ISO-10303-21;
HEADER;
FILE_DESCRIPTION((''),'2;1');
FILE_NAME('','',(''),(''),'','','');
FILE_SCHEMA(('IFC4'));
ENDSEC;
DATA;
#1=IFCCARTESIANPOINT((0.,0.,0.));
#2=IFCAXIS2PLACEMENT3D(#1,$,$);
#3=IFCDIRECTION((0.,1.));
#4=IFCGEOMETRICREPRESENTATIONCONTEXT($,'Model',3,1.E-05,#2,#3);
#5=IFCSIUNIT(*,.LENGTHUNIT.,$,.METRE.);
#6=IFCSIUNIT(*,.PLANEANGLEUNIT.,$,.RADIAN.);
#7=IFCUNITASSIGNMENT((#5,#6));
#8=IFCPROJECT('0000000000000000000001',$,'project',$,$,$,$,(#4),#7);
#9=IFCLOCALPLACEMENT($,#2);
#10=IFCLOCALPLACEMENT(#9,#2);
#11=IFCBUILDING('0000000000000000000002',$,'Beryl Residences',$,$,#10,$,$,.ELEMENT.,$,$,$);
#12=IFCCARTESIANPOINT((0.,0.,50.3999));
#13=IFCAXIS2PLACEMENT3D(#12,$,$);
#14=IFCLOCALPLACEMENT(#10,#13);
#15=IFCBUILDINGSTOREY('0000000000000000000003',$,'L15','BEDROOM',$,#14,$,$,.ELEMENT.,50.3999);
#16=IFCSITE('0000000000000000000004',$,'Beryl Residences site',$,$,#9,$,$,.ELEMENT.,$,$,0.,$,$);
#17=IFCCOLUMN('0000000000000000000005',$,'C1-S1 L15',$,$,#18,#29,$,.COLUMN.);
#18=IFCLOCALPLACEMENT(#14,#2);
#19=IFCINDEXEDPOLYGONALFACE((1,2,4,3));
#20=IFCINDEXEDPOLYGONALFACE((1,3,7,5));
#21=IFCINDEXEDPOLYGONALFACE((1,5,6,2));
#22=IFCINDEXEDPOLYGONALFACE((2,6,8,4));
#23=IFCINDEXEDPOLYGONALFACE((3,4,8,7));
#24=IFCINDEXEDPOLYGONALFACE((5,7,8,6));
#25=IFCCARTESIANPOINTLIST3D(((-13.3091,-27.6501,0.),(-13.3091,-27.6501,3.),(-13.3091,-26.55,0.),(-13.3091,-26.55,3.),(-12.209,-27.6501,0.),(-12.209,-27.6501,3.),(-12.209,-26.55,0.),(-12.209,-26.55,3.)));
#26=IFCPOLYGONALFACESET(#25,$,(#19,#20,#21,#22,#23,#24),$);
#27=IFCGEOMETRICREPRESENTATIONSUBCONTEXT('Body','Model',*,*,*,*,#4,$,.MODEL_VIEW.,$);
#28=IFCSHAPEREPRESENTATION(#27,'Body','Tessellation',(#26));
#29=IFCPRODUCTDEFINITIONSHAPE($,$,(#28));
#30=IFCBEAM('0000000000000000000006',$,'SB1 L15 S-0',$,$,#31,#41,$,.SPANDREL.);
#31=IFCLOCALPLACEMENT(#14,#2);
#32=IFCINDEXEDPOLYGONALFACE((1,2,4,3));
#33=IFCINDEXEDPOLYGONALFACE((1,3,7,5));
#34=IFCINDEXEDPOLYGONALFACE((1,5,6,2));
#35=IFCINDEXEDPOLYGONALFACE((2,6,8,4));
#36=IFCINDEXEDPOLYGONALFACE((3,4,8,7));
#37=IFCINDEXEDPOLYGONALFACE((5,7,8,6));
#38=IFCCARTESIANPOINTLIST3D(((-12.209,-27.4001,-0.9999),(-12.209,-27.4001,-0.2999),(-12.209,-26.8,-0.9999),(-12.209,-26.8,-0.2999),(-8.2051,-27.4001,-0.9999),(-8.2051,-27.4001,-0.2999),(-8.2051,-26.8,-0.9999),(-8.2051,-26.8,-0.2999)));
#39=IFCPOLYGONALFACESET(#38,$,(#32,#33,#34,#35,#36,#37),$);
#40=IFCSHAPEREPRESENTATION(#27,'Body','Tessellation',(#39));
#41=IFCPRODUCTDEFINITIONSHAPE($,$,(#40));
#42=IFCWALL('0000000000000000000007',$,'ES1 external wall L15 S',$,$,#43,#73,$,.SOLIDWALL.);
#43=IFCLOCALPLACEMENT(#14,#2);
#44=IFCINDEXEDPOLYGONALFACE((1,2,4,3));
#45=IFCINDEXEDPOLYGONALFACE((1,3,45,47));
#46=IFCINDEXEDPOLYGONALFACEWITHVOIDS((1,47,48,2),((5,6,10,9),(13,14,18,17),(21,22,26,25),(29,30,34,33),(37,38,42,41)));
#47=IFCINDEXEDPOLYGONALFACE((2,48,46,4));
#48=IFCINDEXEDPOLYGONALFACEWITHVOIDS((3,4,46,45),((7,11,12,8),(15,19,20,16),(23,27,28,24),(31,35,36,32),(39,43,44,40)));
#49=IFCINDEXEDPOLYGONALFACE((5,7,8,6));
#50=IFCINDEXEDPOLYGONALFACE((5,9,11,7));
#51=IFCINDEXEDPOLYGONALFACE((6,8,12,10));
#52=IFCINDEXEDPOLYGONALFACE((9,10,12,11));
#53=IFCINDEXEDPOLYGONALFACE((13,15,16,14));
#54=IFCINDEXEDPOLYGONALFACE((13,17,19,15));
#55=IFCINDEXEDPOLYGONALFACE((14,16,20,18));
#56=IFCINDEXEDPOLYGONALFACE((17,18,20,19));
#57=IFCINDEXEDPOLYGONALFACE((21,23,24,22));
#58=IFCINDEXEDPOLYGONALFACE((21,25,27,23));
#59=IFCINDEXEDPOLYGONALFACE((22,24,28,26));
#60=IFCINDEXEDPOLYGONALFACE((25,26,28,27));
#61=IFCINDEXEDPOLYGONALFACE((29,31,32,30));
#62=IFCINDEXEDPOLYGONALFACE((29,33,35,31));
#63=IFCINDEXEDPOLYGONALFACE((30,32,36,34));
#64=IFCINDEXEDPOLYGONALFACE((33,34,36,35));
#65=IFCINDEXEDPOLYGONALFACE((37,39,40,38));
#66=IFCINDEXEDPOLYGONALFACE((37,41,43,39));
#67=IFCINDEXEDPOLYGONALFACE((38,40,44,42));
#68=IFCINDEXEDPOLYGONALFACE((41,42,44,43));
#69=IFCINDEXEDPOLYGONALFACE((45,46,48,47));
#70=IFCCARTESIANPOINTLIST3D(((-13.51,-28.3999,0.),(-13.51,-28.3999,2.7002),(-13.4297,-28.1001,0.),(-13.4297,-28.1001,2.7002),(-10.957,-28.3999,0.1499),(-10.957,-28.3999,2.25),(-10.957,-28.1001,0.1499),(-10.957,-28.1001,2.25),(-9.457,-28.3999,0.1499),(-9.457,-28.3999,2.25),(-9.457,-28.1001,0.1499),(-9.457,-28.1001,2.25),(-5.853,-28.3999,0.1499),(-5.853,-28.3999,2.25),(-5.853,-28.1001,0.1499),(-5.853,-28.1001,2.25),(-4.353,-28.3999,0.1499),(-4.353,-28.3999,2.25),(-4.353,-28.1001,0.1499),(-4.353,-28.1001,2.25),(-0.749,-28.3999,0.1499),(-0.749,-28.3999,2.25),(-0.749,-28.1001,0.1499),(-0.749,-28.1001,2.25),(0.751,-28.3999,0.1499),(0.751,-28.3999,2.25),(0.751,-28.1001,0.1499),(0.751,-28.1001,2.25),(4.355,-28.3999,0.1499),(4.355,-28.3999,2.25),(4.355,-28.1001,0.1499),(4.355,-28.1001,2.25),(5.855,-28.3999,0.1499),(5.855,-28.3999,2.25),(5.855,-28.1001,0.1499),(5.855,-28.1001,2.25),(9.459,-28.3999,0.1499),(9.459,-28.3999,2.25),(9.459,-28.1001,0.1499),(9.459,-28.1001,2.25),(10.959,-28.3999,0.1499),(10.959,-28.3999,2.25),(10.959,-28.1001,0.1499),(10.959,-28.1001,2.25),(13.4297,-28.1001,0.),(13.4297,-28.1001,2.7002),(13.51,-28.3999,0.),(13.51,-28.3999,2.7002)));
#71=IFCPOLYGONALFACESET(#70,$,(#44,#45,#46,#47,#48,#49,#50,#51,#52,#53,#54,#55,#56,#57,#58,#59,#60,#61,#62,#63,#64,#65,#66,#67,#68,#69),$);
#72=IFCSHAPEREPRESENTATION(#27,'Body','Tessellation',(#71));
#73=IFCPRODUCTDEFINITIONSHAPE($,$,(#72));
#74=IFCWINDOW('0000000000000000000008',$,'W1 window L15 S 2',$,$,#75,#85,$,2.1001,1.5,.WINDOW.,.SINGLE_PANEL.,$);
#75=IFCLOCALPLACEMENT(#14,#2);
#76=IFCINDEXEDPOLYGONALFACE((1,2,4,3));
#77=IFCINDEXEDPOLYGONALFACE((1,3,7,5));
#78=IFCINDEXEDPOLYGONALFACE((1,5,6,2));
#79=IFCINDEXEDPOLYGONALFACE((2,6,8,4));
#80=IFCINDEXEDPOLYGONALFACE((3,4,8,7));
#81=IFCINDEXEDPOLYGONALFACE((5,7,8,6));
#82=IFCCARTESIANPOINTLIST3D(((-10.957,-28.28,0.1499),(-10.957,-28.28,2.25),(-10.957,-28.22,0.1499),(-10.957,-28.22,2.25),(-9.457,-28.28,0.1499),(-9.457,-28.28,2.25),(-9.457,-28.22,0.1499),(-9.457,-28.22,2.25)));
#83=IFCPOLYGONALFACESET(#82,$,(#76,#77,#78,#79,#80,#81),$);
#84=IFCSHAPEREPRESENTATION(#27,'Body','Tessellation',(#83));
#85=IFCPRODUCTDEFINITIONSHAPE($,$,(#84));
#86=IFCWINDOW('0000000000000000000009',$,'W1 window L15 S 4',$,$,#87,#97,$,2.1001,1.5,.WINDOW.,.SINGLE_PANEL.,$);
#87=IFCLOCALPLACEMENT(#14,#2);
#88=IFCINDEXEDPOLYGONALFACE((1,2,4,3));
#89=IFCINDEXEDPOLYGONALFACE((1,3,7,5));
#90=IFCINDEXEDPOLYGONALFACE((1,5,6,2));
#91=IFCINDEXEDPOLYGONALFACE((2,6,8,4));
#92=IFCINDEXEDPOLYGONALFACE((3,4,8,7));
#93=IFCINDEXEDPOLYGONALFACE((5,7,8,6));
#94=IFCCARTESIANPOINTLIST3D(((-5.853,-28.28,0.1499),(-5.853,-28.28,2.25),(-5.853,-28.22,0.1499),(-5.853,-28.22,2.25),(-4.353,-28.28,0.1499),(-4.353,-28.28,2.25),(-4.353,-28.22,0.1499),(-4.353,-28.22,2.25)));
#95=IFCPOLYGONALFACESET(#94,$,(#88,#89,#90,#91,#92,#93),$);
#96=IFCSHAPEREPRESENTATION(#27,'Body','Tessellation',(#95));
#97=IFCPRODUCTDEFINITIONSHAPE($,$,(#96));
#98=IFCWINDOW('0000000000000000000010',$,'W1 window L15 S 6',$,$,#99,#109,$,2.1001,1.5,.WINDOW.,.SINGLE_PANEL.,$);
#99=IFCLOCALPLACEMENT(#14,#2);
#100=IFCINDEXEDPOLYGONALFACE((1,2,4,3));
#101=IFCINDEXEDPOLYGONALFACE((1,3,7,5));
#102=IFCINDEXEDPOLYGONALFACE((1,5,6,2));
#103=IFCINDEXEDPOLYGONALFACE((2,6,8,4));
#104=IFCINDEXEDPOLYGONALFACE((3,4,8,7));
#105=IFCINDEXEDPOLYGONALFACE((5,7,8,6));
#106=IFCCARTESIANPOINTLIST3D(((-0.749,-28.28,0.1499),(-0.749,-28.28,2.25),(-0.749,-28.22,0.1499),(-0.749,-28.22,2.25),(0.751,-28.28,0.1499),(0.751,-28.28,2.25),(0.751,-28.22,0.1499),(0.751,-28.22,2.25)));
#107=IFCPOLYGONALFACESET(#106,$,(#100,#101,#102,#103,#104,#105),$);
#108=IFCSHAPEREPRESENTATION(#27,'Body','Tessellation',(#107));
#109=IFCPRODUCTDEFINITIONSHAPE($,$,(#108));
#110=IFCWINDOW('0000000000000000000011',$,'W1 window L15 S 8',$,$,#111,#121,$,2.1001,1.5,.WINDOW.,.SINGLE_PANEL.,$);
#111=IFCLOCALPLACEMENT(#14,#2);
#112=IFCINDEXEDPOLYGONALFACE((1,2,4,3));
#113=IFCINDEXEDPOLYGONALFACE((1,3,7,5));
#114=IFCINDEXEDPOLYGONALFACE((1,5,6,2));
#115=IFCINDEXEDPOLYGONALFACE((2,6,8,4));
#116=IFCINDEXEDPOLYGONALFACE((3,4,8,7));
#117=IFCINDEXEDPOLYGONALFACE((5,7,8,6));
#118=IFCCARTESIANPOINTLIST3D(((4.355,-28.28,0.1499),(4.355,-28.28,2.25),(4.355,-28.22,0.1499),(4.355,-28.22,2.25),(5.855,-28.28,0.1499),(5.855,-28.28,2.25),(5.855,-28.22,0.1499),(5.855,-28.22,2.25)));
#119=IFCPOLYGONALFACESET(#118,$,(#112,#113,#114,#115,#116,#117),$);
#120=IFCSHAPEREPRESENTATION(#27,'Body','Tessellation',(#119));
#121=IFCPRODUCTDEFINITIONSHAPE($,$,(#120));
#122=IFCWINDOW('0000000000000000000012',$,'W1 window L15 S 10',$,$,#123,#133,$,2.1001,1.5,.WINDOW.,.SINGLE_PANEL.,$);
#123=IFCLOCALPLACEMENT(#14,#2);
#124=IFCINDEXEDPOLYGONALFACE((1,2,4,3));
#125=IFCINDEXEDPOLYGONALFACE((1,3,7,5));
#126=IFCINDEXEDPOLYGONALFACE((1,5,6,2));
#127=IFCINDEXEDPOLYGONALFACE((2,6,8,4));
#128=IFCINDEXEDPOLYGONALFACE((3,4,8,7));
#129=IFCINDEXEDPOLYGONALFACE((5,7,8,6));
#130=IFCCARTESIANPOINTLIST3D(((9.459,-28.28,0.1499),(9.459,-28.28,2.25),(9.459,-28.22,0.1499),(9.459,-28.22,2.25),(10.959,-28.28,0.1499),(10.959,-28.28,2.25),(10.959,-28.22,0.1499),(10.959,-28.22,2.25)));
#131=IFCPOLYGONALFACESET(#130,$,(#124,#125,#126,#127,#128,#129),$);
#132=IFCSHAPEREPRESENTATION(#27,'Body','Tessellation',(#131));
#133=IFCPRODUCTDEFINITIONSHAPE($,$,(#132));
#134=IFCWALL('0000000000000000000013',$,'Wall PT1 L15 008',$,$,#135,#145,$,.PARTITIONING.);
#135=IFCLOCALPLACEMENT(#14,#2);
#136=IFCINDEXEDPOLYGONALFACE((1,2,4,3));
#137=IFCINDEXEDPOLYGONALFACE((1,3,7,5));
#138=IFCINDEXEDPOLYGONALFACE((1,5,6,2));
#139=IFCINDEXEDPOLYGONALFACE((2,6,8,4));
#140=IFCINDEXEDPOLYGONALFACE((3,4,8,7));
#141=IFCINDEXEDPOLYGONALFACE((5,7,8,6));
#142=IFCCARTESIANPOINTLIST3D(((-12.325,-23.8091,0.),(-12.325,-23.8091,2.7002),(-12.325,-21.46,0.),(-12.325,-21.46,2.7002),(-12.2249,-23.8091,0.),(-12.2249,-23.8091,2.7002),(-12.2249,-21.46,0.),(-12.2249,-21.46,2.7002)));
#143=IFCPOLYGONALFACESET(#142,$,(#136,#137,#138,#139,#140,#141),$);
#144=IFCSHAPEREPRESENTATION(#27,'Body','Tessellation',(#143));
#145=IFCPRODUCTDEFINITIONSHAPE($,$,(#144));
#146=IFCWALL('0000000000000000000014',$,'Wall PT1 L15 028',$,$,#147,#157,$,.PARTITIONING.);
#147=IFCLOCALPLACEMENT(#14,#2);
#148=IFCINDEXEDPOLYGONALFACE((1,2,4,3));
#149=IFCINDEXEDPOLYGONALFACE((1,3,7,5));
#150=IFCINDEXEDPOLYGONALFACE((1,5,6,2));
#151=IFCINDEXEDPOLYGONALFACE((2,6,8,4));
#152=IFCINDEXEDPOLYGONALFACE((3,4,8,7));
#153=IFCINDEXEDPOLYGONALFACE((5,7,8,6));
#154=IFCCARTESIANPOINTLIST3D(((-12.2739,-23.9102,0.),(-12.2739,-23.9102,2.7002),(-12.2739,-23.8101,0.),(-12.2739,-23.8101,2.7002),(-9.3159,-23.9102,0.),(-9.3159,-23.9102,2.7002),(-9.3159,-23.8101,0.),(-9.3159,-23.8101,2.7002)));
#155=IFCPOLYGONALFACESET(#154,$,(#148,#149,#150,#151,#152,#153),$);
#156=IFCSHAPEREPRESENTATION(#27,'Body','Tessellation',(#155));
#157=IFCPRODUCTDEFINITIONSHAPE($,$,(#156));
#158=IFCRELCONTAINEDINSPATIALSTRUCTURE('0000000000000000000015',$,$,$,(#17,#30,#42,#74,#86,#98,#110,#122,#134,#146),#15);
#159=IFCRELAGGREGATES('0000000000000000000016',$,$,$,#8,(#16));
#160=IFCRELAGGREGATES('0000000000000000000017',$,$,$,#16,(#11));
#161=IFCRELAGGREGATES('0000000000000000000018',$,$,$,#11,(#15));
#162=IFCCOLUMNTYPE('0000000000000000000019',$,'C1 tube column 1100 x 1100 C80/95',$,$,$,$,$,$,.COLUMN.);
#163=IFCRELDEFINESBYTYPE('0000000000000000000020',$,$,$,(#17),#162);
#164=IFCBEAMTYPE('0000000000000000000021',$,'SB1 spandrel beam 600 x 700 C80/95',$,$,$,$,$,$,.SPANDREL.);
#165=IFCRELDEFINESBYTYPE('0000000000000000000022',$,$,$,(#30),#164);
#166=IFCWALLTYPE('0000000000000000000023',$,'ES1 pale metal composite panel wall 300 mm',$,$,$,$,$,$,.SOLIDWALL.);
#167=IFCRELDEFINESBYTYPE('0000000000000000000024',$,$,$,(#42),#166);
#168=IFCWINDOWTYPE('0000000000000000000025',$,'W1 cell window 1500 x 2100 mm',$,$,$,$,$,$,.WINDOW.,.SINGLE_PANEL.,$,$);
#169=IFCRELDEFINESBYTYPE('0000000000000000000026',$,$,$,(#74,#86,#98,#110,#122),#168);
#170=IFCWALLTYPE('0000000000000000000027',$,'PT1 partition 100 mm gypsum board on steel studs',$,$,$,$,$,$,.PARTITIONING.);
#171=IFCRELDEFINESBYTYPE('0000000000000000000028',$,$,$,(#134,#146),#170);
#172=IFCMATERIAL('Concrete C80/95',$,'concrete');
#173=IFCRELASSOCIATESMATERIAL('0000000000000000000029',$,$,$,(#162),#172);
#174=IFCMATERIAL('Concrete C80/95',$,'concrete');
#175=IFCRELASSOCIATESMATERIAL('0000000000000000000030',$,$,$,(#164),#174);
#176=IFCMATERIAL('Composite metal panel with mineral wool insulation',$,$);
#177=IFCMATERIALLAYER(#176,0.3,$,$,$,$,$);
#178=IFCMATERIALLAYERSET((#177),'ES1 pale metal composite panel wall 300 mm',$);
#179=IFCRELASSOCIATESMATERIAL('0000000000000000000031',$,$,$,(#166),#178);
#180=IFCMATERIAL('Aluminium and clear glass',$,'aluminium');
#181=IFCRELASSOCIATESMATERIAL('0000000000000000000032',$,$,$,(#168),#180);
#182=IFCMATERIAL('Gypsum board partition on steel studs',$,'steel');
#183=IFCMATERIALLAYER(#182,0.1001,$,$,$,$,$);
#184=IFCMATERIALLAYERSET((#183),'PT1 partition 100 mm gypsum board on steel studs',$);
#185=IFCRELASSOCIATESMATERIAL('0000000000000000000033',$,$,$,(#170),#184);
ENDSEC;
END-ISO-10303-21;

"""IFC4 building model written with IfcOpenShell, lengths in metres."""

from ifc_helpers import new_model, si_unit, direction, frame, frame_2d, origin, origin_2d, place, context, subcontext, project, spatial, polyline, rectangle, outline, extrude, material, layer, layer_set, material_profile, profile_set, type_object, element, fill, save


model = new_model("IFC4")

# Units and contexts
model_context = context("Model", 3, precision=1e-05, world=origin(), true_north=direction((0.0, 1.0)))
body_context = subcontext(model_context, "Body", "Model", "MODEL_VIEW")
ifc_project = project(units=[si_unit("LENGTHUNIT", "METRE"), si_unit("PLANEANGLEUNIT", "RADIAN")], contexts=[model_context])

# Site, building, storey
site_placement = place(None, origin())
site = spatial("IfcSite", under=ifc_project, at=site_placement, Name="Beryl Residences site", CompositionType="ELEMENT", RefElevation=0.0)
building_placement = place(site_placement, origin())
building = spatial("IfcBuilding", under=site, at=building_placement, Name="Beryl Residences", CompositionType="ELEMENT")
storey_placement = place(building_placement, frame((0.0, 0.0, 50.3999)))
storey = spatial("IfcBuildingStorey", under=building, at=storey_placement, Name="L15", Description="BEDROOM", CompositionType="ELEMENT", Elevation=50.3999)

# Column
ifc_material_1 = material(Name="Concrete C80/95", Category="concrete")
ifc_material_profile_1 = material_profile(ifc_material_1, rectangle(XDim=1.1001, YDim=1.1001, at=origin_2d()))
ifc_profile_set_1 = profile_set([ifc_material_profile_1], Name="Concrete C80/95")
column_type = type_object("IfcColumnType", Name="C1 tube column 1100 x 1100 C80/95", PredefinedType="COLUMN", material=ifc_profile_set_1)
column_placement = place(storey_placement, frame((-12.759, -27.1001, 0.0), z_axis=(0.0, 0.0, 1.0), x_axis=(1.0, 0.0, 0.0)))
element("IfcColumn", 1, at=column_placement, inside=storey, type_object=column_type, Name="C1-S1 L15", PredefinedType="COLUMN", context=body_context, shape_type="SweptSolid", body=[
    extrude(rectangle(XDim=1.1001, YDim=1.1001, at=origin_2d()), origin(), (0.0, 0.0, 1.0), 3.0),
])

# Beam
ifc_material_2 = material(Name="Concrete C80/95", Category="concrete")
ifc_material_profile_2 = material_profile(ifc_material_2, rectangle(XDim=0.6001, YDim=0.7, at=origin_2d()))
ifc_profile_set_2 = profile_set([ifc_material_profile_2], Name="Concrete C80/95")
beam_type = type_object("IfcBeamType", Name="SB1 spandrel beam 600 x 700 C80/95", PredefinedType="SPANDREL", material=ifc_profile_set_2)
beam_placement = place(storey_placement, frame((-12.209, -27.1001, -0.6499), z_axis=(1.0, 0.0, 0.0), x_axis=(0.0, 1.0, 0.0)))
element("IfcBeam", 2, at=beam_placement, inside=storey, type_object=beam_type, Name="SB1 L15 S-0", PredefinedType="SPANDREL", context=body_context, shape_type="SweptSolid", body=[
    extrude(rectangle(XDim=0.6001, YDim=0.7, at=origin_2d()), origin(), (0.0, 0.0, 1.0), 4.0039),
])

# Wall, openings, windows
ifc_material_3 = material(Name="Composite metal panel with mineral wool insulation")
ifc_layer_1 = layer(ifc_material_3, 0.3)
ifc_layer_set_1 = layer_set([ifc_layer_1], Name="ES1 pale metal composite panel wall 300 mm")
wall_type_1 = type_object("IfcWallType", Name="ES1 pale metal composite panel wall 300 mm", PredefinedType="SOLIDWALL", material=ifc_layer_set_1)
wall_1_placement = place(storey_placement, frame((-13.51, -28.25, 0.0), z_axis=(0.0, 0.0, 1.0), x_axis=(1.0, 0.0, 0.0)))
wall_1 = element("IfcWall", 3, at=wall_1_placement, inside=storey, type_object=wall_type_1, Name="ES1 external wall L15 S", PredefinedType="SOLIDWALL", context=body_context, shape_type="SweptSolid", body=[
    extrude(outline(polyline([(0.0, -0.1499), (27.02, -0.1499), (26.9397, 0.1499), (0.0803, 0.1499), (0.0, -0.1499)])), origin(), (0.0, 0.0, 1.0), 2.7002),
])
opening_1_placement = place(wall_1_placement, frame((2.553, 0.0, 0.1499)))
opening_1 = element("IfcOpeningElement", 4, at=opening_1_placement, cuts=wall_1, PredefinedType="OPENING", context=body_context, shape_type="SweptSolid", body=[
    extrude(rectangle(XDim=1.5, YDim=2.1001, at=frame_2d((0.75, 1.05))), frame((0.0, 0.1599, 0.0), z_axis=(0.0, -1.0, 0.0), x_axis=(1.0, 0.0, 0.0)), (0.0, 0.0, 1.0), 0.3201),
])
opening_2_placement = place(wall_1_placement, frame((7.657, 0.0, 0.1499)))
opening_2 = element("IfcOpeningElement", 5, at=opening_2_placement, cuts=wall_1, PredefinedType="OPENING", context=body_context, shape_type="SweptSolid", body=[
    extrude(rectangle(XDim=1.5, YDim=2.1001, at=frame_2d((0.75, 1.05))), frame((0.0, 0.1599, 0.0), z_axis=(0.0, -1.0, 0.0), x_axis=(1.0, 0.0, 0.0)), (0.0, 0.0, 1.0), 0.3201),
])
opening_3_placement = place(wall_1_placement, frame((12.761, 0.0, 0.1499)))
opening_3 = element("IfcOpeningElement", 6, at=opening_3_placement, cuts=wall_1, PredefinedType="OPENING", context=body_context, shape_type="SweptSolid", body=[
    extrude(rectangle(XDim=1.5, YDim=2.1001, at=frame_2d((0.75, 1.05))), frame((0.0, 0.1599, 0.0), z_axis=(0.0, -1.0, 0.0), x_axis=(1.0, 0.0, 0.0)), (0.0, 0.0, 1.0), 0.3201),
])
opening_4_placement = place(wall_1_placement, frame((17.865, 0.0, 0.1499)))
opening_4 = element("IfcOpeningElement", 7, at=opening_4_placement, cuts=wall_1, PredefinedType="OPENING", context=body_context, shape_type="SweptSolid", body=[
    extrude(rectangle(XDim=1.5, YDim=2.1001, at=frame_2d((0.75, 1.05))), frame((0.0, 0.1599, 0.0), z_axis=(0.0, -1.0, 0.0), x_axis=(1.0, 0.0, 0.0)), (0.0, 0.0, 1.0), 0.3201),
])
opening_5_placement = place(wall_1_placement, frame((22.969, 0.0, 0.1499)))
opening_5 = element("IfcOpeningElement", 8, at=opening_5_placement, cuts=wall_1, PredefinedType="OPENING", context=body_context, shape_type="SweptSolid", body=[
    extrude(rectangle(XDim=1.5, YDim=2.1001, at=frame_2d((0.75, 1.05))), frame((0.0, 0.1599, 0.0), z_axis=(0.0, -1.0, 0.0), x_axis=(1.0, 0.0, 0.0)), (0.0, 0.0, 1.0), 0.3201),
])
ifc_material_4 = material(Name="Aluminium and clear glass", Category="aluminium")
window_type = type_object("IfcWindowType", Name="W1 cell window 1500 x 2100 mm", PartitioningType="SINGLE_PANEL", PredefinedType="WINDOW", material=ifc_material_4)
window_1_placement = place(opening_1_placement, origin())
window_1 = element("IfcWindow", 9, at=window_1_placement, inside=storey, type_object=window_type, Name="W1 window L15 S 2", OverallHeight=2.1001, OverallWidth=1.5, PartitioningType="SINGLE_PANEL", PredefinedType="WINDOW", context=body_context, shape_type="SweptSolid", body=[
    extrude(rectangle(XDim=1.5, YDim=2.1001, at=frame_2d((0.75, 1.05))), frame((0.0, 0.03, 0.0), z_axis=(0.0, -1.0, 0.0), x_axis=(1.0, 0.0, 0.0)), (0.0, 0.0, 1.0), 0.0601),
])
fill(opening_1, window_1)
window_2_placement = place(opening_2_placement, origin())
window_2 = element("IfcWindow", 10, at=window_2_placement, inside=storey, type_object=window_type, Name="W1 window L15 S 4", OverallHeight=2.1001, OverallWidth=1.5, PartitioningType="SINGLE_PANEL", PredefinedType="WINDOW", context=body_context, shape_type="SweptSolid", body=[
    extrude(rectangle(XDim=1.5, YDim=2.1001, at=frame_2d((0.75, 1.05))), frame((0.0, 0.03, 0.0), z_axis=(0.0, -1.0, 0.0), x_axis=(1.0, 0.0, 0.0)), (0.0, 0.0, 1.0), 0.0601),
])
fill(opening_2, window_2)
window_3_placement = place(opening_3_placement, origin())
window_3 = element("IfcWindow", 11, at=window_3_placement, inside=storey, type_object=window_type, Name="W1 window L15 S 6", OverallHeight=2.1001, OverallWidth=1.5, PartitioningType="SINGLE_PANEL", PredefinedType="WINDOW", context=body_context, shape_type="SweptSolid", body=[
    extrude(rectangle(XDim=1.5, YDim=2.1001, at=frame_2d((0.75, 1.05))), frame((0.0, 0.03, 0.0), z_axis=(0.0, -1.0, 0.0), x_axis=(1.0, 0.0, 0.0)), (0.0, 0.0, 1.0), 0.0601),
])
fill(opening_3, window_3)
window_4_placement = place(opening_4_placement, origin())
window_4 = element("IfcWindow", 12, at=window_4_placement, inside=storey, type_object=window_type, Name="W1 window L15 S 8", OverallHeight=2.1001, OverallWidth=1.5, PartitioningType="SINGLE_PANEL", PredefinedType="WINDOW", context=body_context, shape_type="SweptSolid", body=[
    extrude(rectangle(XDim=1.5, YDim=2.1001, at=frame_2d((0.75, 1.05))), frame((0.0, 0.03, 0.0), z_axis=(0.0, -1.0, 0.0), x_axis=(1.0, 0.0, 0.0)), (0.0, 0.0, 1.0), 0.0601),
])
fill(opening_4, window_4)
window_5_placement = place(opening_5_placement, origin())
window_5 = element("IfcWindow", 13, at=window_5_placement, inside=storey, type_object=window_type, Name="W1 window L15 S 10", OverallHeight=2.1001, OverallWidth=1.5, PartitioningType="SINGLE_PANEL", PredefinedType="WINDOW", context=body_context, shape_type="SweptSolid", body=[
    extrude(rectangle(XDim=1.5, YDim=2.1001, at=frame_2d((0.75, 1.05))), frame((0.0, 0.03, 0.0), z_axis=(0.0, -1.0, 0.0), x_axis=(1.0, 0.0, 0.0)), (0.0, 0.0, 1.0), 0.0601),
])
fill(opening_5, window_5)

# Walls
ifc_material_5 = material(Name="Gypsum board partition on steel studs", Category="steel")
ifc_layer_2 = layer(ifc_material_5, 0.1001)
ifc_layer_set_2 = layer_set([ifc_layer_2], Name="PT1 partition 100 mm gypsum board on steel studs")
wall_type_2 = type_object("IfcWallType", Name="PT1 partition 100 mm gypsum board on steel studs", PredefinedType="PARTITIONING", material=ifc_layer_set_2)
wall_2_placement = place(storey_placement, frame((-12.2749, -21.46, 0.0), z_axis=(0.0, 0.0, 1.0), x_axis=(0.0, -1.0, 0.0)))
element("IfcWall", 14, at=wall_2_placement, inside=storey, type_object=wall_type_2, Name="Wall PT1 L15 008", PredefinedType="PARTITIONING", context=body_context, shape_type="SweptSolid", body=[
    extrude(rectangle(XDim=2.3491, YDim=0.1001, at=frame_2d((1.1746, 0.0))), origin(), (0.0, 0.0, 1.0), 2.7002),
])
wall_3_placement = place(storey_placement, frame((-12.2739, -23.8601, 0.0), z_axis=(0.0, 0.0, 1.0), x_axis=(1.0, 0.0, 0.0)))
element("IfcWall", 15, at=wall_3_placement, inside=storey, type_object=wall_type_2, Name="Wall PT1 L15 028", PredefinedType="PARTITIONING", context=body_context, shape_type="SweptSolid", body=[
    extrude(rectangle(XDim=2.958, YDim=0.1001, at=frame_2d((1.479, 0.0))), origin(), (0.0, 0.0, 1.0), 2.7002),
])

save(model, "model.ifc")
